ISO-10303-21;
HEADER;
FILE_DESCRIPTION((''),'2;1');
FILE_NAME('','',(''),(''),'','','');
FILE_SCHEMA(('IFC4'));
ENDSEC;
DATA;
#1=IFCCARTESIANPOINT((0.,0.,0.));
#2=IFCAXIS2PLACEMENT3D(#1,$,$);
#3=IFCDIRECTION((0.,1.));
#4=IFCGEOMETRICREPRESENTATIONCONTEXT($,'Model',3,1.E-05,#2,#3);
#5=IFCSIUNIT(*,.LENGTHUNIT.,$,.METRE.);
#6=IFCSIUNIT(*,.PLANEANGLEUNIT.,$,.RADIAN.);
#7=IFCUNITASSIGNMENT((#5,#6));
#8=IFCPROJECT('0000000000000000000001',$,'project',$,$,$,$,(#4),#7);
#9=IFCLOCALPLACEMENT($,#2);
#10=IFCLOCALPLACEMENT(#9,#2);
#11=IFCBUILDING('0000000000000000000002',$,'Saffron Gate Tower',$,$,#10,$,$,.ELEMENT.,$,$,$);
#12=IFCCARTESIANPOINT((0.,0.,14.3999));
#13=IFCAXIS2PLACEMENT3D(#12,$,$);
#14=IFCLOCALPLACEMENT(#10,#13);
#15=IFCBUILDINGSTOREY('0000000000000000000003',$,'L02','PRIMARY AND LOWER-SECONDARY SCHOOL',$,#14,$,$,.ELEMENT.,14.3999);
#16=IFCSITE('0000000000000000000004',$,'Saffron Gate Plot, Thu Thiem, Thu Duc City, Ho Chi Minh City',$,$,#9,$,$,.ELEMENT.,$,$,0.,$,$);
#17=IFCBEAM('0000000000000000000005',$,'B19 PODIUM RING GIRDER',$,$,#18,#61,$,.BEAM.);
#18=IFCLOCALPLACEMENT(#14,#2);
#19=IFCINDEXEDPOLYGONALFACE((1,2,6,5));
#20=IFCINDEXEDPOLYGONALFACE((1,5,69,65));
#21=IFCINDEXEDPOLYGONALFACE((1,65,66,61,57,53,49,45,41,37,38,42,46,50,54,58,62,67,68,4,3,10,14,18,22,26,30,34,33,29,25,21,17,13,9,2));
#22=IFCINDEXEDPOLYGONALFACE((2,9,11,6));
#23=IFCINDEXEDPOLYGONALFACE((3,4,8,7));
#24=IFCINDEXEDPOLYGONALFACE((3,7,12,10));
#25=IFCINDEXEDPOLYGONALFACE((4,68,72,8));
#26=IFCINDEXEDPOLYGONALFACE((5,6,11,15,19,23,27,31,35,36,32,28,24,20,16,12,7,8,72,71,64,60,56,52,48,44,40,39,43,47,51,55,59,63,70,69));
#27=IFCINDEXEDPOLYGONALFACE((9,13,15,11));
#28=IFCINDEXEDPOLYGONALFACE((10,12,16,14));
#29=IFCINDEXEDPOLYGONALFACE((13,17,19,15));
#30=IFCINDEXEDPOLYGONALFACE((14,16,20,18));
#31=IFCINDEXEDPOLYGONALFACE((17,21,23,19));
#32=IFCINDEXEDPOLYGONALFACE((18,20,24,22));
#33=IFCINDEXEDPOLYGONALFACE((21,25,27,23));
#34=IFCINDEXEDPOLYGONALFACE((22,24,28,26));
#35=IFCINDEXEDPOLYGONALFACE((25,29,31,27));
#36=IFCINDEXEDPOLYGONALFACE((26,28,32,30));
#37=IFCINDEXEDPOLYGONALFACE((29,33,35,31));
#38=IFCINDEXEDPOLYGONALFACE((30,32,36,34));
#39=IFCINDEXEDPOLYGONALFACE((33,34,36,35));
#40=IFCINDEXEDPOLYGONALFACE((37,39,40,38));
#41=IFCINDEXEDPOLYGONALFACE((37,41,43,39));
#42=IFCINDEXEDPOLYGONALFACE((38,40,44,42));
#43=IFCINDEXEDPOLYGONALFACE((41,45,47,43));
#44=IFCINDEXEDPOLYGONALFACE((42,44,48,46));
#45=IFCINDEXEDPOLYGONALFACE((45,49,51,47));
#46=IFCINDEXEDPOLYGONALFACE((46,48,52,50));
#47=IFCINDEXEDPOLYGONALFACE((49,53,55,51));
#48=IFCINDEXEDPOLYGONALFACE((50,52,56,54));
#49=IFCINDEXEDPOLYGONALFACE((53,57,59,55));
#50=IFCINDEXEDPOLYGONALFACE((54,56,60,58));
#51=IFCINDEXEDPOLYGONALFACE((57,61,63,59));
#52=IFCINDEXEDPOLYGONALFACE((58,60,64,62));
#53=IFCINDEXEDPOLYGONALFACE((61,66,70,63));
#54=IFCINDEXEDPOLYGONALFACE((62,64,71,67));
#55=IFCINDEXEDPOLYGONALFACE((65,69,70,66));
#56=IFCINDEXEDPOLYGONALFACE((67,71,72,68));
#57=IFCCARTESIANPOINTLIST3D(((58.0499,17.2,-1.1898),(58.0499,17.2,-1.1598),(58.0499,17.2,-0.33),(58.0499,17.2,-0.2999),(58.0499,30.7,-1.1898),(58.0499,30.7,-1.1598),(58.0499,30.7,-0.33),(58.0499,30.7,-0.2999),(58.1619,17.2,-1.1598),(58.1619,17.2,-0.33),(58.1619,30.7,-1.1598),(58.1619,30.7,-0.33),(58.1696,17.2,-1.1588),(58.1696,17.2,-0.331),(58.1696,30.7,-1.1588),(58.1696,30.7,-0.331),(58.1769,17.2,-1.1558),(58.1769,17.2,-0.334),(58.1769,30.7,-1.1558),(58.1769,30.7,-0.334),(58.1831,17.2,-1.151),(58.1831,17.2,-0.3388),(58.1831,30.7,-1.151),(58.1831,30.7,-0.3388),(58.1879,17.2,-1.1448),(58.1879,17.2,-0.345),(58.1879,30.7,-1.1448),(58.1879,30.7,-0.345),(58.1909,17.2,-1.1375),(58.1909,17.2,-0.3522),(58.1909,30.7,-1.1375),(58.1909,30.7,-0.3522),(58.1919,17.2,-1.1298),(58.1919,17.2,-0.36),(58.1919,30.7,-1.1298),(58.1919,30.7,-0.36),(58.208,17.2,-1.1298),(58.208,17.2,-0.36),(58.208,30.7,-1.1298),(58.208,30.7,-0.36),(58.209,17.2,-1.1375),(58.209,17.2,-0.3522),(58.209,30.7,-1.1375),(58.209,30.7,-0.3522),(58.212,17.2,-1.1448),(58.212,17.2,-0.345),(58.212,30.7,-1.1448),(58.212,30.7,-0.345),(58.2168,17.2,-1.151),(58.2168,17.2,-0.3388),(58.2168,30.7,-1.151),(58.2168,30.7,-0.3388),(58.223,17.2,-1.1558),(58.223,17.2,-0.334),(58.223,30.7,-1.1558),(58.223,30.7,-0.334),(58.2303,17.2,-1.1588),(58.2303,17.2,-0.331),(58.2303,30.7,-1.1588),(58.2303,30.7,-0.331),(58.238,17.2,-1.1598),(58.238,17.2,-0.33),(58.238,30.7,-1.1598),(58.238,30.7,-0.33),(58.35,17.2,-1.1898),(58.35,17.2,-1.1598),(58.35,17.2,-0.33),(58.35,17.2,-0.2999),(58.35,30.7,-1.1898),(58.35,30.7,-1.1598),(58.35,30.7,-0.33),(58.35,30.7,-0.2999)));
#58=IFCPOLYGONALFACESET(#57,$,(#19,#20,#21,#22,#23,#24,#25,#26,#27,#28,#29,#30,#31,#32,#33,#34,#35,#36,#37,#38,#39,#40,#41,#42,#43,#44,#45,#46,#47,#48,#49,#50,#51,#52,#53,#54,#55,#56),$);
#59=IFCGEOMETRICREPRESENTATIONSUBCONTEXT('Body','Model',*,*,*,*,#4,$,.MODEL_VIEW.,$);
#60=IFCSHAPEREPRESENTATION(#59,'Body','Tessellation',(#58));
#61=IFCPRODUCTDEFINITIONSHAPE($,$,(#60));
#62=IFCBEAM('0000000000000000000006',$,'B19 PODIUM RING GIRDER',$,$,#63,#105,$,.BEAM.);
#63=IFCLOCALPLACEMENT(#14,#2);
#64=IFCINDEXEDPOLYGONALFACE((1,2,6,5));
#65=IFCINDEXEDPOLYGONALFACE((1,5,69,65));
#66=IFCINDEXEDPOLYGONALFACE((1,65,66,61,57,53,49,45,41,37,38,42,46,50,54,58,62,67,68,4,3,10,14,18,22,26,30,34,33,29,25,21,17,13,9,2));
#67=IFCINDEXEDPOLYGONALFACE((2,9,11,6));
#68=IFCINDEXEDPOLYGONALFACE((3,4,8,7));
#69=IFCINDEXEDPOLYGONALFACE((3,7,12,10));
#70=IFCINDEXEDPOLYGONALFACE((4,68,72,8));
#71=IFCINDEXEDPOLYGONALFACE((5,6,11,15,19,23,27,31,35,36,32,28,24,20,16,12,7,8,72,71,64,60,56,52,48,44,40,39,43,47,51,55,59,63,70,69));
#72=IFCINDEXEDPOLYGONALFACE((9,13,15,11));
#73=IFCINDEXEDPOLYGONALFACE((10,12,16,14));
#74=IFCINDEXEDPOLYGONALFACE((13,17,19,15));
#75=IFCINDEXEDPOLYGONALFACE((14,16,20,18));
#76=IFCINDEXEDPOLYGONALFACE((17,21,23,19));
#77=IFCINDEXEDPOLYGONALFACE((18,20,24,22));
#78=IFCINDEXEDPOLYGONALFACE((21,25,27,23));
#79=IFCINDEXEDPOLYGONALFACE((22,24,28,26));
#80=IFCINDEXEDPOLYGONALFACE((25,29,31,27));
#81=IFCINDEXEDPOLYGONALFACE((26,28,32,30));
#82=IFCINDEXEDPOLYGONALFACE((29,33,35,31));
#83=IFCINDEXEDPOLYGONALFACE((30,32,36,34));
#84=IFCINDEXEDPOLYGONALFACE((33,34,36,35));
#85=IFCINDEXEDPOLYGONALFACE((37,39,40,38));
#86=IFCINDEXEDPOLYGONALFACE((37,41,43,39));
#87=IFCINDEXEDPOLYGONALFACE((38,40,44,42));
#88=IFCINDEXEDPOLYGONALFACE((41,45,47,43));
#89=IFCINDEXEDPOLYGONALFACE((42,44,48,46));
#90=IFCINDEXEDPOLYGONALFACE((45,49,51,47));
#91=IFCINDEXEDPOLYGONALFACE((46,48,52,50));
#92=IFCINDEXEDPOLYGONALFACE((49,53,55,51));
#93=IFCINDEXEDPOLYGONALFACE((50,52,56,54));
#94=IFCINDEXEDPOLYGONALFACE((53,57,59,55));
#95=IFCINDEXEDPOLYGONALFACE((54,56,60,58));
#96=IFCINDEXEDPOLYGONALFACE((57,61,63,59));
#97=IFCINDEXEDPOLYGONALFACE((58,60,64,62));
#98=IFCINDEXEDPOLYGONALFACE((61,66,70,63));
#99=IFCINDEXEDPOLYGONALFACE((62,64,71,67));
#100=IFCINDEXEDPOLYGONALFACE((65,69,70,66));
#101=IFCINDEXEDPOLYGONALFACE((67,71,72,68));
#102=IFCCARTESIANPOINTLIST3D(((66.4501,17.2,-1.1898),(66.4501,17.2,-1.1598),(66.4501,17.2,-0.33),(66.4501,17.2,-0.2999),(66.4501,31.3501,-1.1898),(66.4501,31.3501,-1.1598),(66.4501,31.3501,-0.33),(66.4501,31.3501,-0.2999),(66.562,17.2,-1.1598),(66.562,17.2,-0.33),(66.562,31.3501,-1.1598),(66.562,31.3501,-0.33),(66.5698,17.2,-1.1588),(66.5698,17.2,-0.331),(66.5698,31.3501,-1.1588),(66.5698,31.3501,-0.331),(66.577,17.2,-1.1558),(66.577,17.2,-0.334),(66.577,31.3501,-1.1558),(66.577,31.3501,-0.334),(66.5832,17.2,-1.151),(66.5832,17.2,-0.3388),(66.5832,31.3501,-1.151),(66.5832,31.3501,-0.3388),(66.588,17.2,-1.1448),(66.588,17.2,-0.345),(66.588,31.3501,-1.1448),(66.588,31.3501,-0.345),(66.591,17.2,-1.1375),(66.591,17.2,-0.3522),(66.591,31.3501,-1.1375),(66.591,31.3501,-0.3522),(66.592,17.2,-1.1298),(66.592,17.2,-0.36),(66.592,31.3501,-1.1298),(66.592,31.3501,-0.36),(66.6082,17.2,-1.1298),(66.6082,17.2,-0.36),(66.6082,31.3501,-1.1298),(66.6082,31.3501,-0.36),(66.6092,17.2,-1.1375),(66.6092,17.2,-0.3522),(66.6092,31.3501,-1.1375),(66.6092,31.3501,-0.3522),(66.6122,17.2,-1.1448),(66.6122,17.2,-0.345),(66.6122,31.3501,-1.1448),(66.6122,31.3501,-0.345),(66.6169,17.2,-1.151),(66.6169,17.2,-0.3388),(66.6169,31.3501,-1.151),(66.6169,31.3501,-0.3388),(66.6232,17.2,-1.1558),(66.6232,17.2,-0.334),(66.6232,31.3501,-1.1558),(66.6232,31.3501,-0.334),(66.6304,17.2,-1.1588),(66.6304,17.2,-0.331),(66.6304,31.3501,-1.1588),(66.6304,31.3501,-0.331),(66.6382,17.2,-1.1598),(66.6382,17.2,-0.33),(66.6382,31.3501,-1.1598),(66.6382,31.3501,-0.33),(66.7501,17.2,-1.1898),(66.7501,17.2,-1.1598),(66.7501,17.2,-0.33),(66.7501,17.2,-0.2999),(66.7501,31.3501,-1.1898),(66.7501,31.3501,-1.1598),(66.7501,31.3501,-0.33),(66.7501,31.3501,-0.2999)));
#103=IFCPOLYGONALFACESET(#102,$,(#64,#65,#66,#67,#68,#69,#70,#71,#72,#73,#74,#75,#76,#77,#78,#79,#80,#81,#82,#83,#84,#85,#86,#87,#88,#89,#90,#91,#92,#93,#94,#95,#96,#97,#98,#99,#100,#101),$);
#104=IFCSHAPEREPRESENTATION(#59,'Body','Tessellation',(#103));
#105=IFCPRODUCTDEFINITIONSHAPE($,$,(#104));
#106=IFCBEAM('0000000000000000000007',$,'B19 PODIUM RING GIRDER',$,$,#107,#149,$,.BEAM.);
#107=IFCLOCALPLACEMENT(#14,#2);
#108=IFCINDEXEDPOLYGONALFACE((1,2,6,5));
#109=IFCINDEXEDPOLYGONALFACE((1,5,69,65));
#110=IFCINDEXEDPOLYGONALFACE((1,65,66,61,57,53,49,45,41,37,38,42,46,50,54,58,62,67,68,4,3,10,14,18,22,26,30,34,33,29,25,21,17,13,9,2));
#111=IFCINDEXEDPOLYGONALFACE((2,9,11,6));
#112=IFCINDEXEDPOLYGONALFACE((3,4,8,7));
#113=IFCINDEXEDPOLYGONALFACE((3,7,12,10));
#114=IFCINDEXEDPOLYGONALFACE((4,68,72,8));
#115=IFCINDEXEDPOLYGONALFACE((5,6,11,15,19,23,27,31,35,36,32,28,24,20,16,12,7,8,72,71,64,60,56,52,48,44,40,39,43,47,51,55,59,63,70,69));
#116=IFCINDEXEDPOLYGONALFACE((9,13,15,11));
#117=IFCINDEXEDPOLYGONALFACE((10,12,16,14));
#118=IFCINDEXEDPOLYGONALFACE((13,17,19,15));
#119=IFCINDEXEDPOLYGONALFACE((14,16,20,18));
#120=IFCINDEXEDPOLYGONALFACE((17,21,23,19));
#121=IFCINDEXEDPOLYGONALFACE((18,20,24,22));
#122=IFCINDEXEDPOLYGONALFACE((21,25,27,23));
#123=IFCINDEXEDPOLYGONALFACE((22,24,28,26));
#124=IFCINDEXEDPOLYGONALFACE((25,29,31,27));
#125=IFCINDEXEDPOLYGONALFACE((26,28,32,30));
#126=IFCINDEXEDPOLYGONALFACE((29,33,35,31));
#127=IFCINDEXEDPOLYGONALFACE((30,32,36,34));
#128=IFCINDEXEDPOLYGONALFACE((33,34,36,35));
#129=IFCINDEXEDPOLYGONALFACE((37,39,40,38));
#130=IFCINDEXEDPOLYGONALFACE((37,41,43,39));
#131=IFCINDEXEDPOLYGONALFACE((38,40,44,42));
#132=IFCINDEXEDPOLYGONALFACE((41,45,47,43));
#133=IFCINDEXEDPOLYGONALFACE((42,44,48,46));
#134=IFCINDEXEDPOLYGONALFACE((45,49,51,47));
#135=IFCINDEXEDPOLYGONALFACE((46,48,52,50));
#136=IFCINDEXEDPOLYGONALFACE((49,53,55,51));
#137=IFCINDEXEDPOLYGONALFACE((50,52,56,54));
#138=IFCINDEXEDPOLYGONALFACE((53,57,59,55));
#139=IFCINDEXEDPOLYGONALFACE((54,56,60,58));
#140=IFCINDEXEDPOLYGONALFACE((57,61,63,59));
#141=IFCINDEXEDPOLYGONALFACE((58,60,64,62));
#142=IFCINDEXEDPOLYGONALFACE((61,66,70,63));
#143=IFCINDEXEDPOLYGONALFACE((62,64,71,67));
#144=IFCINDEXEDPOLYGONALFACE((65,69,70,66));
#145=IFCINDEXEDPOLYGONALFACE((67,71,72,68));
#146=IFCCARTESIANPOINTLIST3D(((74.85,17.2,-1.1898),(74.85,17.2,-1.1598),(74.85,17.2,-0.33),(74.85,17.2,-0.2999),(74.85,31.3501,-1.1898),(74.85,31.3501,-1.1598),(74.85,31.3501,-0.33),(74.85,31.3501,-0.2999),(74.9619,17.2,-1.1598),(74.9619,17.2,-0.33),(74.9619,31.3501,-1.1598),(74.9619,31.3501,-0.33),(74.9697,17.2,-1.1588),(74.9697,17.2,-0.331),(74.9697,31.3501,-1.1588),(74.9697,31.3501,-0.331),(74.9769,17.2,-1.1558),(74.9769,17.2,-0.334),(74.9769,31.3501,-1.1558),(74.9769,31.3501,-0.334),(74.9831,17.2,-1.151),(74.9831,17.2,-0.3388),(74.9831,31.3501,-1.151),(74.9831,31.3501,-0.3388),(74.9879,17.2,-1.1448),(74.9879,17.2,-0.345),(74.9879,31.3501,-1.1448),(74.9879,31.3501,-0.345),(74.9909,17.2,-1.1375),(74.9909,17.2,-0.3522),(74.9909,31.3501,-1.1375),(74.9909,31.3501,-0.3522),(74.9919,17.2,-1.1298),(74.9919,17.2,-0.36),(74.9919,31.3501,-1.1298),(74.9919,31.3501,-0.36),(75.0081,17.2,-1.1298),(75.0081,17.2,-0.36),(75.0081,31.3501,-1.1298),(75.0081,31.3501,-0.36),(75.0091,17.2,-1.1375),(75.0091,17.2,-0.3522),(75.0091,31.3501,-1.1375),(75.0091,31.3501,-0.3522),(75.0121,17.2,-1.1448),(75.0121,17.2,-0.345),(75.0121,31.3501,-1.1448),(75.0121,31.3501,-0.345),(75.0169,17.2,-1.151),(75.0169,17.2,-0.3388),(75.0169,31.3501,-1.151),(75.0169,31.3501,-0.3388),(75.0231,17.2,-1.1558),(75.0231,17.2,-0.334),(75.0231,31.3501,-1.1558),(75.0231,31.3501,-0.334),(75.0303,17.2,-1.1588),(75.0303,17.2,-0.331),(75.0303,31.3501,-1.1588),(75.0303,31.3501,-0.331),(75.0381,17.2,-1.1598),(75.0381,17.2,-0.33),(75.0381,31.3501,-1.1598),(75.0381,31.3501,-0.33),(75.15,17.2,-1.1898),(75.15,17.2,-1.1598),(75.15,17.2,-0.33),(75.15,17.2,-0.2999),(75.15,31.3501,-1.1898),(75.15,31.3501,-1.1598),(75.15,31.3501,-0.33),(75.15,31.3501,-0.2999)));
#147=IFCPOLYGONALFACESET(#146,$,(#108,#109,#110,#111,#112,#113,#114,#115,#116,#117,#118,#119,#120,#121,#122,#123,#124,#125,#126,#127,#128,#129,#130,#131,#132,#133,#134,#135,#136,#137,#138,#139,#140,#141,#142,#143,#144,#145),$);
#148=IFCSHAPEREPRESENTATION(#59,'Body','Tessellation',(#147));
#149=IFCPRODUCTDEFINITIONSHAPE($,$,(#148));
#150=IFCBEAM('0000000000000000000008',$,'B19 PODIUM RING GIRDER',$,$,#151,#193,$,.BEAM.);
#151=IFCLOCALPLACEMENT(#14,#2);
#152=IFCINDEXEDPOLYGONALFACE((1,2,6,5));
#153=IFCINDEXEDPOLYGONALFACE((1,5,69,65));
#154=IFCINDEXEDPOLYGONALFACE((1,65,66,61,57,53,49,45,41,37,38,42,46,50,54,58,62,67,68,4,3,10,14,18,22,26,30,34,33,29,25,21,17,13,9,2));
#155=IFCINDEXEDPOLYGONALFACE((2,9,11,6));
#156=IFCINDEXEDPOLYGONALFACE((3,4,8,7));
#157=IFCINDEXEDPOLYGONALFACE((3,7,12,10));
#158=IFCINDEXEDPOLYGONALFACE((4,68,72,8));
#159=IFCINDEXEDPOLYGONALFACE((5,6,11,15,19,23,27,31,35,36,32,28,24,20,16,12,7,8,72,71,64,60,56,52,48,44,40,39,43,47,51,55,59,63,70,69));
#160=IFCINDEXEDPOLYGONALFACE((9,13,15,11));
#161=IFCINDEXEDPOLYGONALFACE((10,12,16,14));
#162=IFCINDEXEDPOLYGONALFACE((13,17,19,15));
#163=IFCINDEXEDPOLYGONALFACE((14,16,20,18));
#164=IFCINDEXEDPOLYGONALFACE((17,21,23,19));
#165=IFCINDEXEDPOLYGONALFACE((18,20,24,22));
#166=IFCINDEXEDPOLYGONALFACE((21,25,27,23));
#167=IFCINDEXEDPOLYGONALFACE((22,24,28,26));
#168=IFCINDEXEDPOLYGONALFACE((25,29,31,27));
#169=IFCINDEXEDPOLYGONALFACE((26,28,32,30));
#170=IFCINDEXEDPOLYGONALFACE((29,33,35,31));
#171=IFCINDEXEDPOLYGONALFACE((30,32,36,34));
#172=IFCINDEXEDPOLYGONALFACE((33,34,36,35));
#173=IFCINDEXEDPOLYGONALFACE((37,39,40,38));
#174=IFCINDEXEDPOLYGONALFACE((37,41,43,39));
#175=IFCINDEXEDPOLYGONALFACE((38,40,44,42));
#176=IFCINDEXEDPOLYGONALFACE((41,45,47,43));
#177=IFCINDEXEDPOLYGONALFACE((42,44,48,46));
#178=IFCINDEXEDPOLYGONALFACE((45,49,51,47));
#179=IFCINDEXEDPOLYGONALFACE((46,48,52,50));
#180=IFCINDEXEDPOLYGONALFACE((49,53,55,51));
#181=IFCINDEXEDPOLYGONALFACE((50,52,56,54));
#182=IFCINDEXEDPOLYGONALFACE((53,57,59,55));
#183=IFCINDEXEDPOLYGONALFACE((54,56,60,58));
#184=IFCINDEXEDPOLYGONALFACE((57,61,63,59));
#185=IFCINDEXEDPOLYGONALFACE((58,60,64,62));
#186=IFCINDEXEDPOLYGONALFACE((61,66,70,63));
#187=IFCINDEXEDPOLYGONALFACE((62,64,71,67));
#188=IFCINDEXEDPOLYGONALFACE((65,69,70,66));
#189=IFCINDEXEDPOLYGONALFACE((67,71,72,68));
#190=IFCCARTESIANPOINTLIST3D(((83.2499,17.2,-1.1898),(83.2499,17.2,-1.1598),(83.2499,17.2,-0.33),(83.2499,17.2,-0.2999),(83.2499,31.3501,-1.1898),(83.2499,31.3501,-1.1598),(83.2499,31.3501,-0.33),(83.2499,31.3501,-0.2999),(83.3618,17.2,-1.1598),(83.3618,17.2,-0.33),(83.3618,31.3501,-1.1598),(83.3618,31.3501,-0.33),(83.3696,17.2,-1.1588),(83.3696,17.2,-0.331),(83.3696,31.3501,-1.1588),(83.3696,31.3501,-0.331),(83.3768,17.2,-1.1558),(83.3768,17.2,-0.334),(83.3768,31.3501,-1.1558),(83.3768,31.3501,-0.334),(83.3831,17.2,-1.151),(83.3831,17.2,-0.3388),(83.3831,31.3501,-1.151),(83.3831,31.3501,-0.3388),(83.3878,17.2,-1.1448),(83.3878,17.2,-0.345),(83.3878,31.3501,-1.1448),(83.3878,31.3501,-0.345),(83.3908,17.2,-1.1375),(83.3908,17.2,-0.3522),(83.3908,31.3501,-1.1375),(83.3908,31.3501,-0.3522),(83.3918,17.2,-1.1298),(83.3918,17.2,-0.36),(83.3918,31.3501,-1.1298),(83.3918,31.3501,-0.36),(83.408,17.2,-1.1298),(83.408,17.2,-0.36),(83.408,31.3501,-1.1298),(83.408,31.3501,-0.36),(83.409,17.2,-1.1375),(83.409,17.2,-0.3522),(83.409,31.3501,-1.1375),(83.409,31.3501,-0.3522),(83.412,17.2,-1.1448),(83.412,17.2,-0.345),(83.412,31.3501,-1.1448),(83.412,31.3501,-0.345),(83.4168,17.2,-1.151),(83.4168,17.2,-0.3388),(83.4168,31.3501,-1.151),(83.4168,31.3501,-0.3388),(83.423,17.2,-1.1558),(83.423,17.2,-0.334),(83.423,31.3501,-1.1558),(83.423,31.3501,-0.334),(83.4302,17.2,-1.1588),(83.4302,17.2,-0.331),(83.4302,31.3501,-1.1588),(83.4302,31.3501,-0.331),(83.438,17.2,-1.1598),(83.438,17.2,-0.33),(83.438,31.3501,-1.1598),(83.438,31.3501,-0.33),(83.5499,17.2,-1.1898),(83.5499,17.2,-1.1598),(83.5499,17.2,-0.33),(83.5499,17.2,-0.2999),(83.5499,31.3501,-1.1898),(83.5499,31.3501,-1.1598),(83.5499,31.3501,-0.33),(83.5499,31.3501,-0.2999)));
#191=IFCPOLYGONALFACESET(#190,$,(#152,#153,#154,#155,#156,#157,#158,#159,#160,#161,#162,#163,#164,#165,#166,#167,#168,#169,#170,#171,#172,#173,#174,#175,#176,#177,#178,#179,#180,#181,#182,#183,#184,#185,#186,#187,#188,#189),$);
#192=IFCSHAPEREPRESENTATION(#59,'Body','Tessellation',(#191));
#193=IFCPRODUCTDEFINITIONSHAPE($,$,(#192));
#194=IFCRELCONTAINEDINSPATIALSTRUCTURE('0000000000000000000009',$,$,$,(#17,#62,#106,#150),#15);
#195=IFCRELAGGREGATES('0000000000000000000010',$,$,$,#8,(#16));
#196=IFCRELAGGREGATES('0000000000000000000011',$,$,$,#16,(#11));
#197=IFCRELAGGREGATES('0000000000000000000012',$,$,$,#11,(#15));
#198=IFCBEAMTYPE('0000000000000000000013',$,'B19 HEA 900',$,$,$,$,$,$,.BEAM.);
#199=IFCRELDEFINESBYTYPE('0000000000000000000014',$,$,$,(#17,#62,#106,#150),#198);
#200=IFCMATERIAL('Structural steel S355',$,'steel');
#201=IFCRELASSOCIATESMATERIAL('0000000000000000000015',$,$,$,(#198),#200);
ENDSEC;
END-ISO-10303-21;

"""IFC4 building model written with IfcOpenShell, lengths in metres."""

from ifc_helpers import new_model, si_unit, direction, frame, origin, origin_2d, place, context, subcontext, project, spatial, i_section, extrude, material, material_profile, profile_set, type_object, element, save


model = new_model("IFC4")

# Units and contexts
model_context = context("Model", 3, precision=1e-05, world=origin(), true_north=direction((0.0, 1.0)))
body_context = subcontext(model_context, "Body", "Model", "MODEL_VIEW")
ifc_project = project(units=[si_unit("LENGTHUNIT", "METRE"), si_unit("PLANEANGLEUNIT", "RADIAN")], contexts=[model_context])

# Site, building, storey
site_placement = place(None, origin())
site = spatial("IfcSite", under=ifc_project, at=site_placement, Name="Saffron Gate Plot, Thu Thiem, Thu Duc City, Ho Chi Minh City", CompositionType="ELEMENT", RefElevation=0.0)
building_placement = place(site_placement, origin())
building = spatial("IfcBuilding", under=site, at=building_placement, Name="Saffron Gate Tower", CompositionType="ELEMENT")
storey_placement = place(building_placement, frame((0.0, 0.0, 14.3999)))
storey = spatial("IfcBuildingStorey", under=building, at=storey_placement, Name="L02", Description="PRIMARY AND LOWER-SECONDARY SCHOOL", CompositionType="ELEMENT", Elevation=14.3999)

# Beams
ifc_material_1 = material(Name="Structural steel S355", Category="steel")
ifc_material_profile_1 = material_profile(ifc_material_1, i_section(OverallWidth=0.3, OverallDepth=0.8899, WebThickness=0.0161, FlangeThickness=0.03, FilletRadius=0.03, at=origin_2d()))
ifc_profile_set_1 = profile_set([ifc_material_profile_1], Name="Structural steel S355")
beam_type_1 = type_object("IfcBeamType", Name="B19 HEA 900", PredefinedType="BEAM", material=ifc_profile_set_1)
beam_1_placement = place(storey_placement, frame((58.2, 17.2, -0.7449), z_axis=(0.0, 1.0, 0.0), x_axis=(-1.0, 0.0, 0.0)))
element("IfcBeam", 1, at=beam_1_placement, inside=storey, type_object=beam_type_1, Name="B19 PODIUM RING GIRDER", PredefinedType="BEAM", context=body_context, shape_type="SweptSolid", body=[
    extrude(i_section(OverallWidth=0.3, OverallDepth=0.8899, WebThickness=0.0161, FlangeThickness=0.03, FilletRadius=0.03, at=origin_2d()), origin(), (0.0, 0.0, 1.0), 13.5),
])
for number, where, z_axis, x_axis, name in (
    (2, (66.6001, 17.2, -0.7449), (0.0, 1.0, 0.0), (-1.0, 0.0, 0.0), "B19 PODIUM RING GIRDER"),
    (3, (75.0, 17.2, -0.7449), (0.0, 1.0, 0.0), (-1.0, 0.0, 0.0), "B19 PODIUM RING GIRDER"),
    (4, (83.3999, 17.2, -0.7449), (0.0, 1.0, 0.0), (-1.0, 0.0, 0.0), "B19 PODIUM RING GIRDER"),
):
    element("IfcBeam", number, at=place(storey_placement, frame(where, z_axis=z_axis, x_axis=x_axis)), inside=storey, type_object=beam_type_1, Name=name, PredefinedType="BEAM", context=body_context, shape_type="SweptSolid", body=[
        extrude(i_section(OverallWidth=0.3, OverallDepth=0.8899, WebThickness=0.0161, FlangeThickness=0.03, FilletRadius=0.03, at=origin_2d()), origin(), (0.0, 0.0, 1.0), 14.1501),
    ])

save(model, "model.ifc")
